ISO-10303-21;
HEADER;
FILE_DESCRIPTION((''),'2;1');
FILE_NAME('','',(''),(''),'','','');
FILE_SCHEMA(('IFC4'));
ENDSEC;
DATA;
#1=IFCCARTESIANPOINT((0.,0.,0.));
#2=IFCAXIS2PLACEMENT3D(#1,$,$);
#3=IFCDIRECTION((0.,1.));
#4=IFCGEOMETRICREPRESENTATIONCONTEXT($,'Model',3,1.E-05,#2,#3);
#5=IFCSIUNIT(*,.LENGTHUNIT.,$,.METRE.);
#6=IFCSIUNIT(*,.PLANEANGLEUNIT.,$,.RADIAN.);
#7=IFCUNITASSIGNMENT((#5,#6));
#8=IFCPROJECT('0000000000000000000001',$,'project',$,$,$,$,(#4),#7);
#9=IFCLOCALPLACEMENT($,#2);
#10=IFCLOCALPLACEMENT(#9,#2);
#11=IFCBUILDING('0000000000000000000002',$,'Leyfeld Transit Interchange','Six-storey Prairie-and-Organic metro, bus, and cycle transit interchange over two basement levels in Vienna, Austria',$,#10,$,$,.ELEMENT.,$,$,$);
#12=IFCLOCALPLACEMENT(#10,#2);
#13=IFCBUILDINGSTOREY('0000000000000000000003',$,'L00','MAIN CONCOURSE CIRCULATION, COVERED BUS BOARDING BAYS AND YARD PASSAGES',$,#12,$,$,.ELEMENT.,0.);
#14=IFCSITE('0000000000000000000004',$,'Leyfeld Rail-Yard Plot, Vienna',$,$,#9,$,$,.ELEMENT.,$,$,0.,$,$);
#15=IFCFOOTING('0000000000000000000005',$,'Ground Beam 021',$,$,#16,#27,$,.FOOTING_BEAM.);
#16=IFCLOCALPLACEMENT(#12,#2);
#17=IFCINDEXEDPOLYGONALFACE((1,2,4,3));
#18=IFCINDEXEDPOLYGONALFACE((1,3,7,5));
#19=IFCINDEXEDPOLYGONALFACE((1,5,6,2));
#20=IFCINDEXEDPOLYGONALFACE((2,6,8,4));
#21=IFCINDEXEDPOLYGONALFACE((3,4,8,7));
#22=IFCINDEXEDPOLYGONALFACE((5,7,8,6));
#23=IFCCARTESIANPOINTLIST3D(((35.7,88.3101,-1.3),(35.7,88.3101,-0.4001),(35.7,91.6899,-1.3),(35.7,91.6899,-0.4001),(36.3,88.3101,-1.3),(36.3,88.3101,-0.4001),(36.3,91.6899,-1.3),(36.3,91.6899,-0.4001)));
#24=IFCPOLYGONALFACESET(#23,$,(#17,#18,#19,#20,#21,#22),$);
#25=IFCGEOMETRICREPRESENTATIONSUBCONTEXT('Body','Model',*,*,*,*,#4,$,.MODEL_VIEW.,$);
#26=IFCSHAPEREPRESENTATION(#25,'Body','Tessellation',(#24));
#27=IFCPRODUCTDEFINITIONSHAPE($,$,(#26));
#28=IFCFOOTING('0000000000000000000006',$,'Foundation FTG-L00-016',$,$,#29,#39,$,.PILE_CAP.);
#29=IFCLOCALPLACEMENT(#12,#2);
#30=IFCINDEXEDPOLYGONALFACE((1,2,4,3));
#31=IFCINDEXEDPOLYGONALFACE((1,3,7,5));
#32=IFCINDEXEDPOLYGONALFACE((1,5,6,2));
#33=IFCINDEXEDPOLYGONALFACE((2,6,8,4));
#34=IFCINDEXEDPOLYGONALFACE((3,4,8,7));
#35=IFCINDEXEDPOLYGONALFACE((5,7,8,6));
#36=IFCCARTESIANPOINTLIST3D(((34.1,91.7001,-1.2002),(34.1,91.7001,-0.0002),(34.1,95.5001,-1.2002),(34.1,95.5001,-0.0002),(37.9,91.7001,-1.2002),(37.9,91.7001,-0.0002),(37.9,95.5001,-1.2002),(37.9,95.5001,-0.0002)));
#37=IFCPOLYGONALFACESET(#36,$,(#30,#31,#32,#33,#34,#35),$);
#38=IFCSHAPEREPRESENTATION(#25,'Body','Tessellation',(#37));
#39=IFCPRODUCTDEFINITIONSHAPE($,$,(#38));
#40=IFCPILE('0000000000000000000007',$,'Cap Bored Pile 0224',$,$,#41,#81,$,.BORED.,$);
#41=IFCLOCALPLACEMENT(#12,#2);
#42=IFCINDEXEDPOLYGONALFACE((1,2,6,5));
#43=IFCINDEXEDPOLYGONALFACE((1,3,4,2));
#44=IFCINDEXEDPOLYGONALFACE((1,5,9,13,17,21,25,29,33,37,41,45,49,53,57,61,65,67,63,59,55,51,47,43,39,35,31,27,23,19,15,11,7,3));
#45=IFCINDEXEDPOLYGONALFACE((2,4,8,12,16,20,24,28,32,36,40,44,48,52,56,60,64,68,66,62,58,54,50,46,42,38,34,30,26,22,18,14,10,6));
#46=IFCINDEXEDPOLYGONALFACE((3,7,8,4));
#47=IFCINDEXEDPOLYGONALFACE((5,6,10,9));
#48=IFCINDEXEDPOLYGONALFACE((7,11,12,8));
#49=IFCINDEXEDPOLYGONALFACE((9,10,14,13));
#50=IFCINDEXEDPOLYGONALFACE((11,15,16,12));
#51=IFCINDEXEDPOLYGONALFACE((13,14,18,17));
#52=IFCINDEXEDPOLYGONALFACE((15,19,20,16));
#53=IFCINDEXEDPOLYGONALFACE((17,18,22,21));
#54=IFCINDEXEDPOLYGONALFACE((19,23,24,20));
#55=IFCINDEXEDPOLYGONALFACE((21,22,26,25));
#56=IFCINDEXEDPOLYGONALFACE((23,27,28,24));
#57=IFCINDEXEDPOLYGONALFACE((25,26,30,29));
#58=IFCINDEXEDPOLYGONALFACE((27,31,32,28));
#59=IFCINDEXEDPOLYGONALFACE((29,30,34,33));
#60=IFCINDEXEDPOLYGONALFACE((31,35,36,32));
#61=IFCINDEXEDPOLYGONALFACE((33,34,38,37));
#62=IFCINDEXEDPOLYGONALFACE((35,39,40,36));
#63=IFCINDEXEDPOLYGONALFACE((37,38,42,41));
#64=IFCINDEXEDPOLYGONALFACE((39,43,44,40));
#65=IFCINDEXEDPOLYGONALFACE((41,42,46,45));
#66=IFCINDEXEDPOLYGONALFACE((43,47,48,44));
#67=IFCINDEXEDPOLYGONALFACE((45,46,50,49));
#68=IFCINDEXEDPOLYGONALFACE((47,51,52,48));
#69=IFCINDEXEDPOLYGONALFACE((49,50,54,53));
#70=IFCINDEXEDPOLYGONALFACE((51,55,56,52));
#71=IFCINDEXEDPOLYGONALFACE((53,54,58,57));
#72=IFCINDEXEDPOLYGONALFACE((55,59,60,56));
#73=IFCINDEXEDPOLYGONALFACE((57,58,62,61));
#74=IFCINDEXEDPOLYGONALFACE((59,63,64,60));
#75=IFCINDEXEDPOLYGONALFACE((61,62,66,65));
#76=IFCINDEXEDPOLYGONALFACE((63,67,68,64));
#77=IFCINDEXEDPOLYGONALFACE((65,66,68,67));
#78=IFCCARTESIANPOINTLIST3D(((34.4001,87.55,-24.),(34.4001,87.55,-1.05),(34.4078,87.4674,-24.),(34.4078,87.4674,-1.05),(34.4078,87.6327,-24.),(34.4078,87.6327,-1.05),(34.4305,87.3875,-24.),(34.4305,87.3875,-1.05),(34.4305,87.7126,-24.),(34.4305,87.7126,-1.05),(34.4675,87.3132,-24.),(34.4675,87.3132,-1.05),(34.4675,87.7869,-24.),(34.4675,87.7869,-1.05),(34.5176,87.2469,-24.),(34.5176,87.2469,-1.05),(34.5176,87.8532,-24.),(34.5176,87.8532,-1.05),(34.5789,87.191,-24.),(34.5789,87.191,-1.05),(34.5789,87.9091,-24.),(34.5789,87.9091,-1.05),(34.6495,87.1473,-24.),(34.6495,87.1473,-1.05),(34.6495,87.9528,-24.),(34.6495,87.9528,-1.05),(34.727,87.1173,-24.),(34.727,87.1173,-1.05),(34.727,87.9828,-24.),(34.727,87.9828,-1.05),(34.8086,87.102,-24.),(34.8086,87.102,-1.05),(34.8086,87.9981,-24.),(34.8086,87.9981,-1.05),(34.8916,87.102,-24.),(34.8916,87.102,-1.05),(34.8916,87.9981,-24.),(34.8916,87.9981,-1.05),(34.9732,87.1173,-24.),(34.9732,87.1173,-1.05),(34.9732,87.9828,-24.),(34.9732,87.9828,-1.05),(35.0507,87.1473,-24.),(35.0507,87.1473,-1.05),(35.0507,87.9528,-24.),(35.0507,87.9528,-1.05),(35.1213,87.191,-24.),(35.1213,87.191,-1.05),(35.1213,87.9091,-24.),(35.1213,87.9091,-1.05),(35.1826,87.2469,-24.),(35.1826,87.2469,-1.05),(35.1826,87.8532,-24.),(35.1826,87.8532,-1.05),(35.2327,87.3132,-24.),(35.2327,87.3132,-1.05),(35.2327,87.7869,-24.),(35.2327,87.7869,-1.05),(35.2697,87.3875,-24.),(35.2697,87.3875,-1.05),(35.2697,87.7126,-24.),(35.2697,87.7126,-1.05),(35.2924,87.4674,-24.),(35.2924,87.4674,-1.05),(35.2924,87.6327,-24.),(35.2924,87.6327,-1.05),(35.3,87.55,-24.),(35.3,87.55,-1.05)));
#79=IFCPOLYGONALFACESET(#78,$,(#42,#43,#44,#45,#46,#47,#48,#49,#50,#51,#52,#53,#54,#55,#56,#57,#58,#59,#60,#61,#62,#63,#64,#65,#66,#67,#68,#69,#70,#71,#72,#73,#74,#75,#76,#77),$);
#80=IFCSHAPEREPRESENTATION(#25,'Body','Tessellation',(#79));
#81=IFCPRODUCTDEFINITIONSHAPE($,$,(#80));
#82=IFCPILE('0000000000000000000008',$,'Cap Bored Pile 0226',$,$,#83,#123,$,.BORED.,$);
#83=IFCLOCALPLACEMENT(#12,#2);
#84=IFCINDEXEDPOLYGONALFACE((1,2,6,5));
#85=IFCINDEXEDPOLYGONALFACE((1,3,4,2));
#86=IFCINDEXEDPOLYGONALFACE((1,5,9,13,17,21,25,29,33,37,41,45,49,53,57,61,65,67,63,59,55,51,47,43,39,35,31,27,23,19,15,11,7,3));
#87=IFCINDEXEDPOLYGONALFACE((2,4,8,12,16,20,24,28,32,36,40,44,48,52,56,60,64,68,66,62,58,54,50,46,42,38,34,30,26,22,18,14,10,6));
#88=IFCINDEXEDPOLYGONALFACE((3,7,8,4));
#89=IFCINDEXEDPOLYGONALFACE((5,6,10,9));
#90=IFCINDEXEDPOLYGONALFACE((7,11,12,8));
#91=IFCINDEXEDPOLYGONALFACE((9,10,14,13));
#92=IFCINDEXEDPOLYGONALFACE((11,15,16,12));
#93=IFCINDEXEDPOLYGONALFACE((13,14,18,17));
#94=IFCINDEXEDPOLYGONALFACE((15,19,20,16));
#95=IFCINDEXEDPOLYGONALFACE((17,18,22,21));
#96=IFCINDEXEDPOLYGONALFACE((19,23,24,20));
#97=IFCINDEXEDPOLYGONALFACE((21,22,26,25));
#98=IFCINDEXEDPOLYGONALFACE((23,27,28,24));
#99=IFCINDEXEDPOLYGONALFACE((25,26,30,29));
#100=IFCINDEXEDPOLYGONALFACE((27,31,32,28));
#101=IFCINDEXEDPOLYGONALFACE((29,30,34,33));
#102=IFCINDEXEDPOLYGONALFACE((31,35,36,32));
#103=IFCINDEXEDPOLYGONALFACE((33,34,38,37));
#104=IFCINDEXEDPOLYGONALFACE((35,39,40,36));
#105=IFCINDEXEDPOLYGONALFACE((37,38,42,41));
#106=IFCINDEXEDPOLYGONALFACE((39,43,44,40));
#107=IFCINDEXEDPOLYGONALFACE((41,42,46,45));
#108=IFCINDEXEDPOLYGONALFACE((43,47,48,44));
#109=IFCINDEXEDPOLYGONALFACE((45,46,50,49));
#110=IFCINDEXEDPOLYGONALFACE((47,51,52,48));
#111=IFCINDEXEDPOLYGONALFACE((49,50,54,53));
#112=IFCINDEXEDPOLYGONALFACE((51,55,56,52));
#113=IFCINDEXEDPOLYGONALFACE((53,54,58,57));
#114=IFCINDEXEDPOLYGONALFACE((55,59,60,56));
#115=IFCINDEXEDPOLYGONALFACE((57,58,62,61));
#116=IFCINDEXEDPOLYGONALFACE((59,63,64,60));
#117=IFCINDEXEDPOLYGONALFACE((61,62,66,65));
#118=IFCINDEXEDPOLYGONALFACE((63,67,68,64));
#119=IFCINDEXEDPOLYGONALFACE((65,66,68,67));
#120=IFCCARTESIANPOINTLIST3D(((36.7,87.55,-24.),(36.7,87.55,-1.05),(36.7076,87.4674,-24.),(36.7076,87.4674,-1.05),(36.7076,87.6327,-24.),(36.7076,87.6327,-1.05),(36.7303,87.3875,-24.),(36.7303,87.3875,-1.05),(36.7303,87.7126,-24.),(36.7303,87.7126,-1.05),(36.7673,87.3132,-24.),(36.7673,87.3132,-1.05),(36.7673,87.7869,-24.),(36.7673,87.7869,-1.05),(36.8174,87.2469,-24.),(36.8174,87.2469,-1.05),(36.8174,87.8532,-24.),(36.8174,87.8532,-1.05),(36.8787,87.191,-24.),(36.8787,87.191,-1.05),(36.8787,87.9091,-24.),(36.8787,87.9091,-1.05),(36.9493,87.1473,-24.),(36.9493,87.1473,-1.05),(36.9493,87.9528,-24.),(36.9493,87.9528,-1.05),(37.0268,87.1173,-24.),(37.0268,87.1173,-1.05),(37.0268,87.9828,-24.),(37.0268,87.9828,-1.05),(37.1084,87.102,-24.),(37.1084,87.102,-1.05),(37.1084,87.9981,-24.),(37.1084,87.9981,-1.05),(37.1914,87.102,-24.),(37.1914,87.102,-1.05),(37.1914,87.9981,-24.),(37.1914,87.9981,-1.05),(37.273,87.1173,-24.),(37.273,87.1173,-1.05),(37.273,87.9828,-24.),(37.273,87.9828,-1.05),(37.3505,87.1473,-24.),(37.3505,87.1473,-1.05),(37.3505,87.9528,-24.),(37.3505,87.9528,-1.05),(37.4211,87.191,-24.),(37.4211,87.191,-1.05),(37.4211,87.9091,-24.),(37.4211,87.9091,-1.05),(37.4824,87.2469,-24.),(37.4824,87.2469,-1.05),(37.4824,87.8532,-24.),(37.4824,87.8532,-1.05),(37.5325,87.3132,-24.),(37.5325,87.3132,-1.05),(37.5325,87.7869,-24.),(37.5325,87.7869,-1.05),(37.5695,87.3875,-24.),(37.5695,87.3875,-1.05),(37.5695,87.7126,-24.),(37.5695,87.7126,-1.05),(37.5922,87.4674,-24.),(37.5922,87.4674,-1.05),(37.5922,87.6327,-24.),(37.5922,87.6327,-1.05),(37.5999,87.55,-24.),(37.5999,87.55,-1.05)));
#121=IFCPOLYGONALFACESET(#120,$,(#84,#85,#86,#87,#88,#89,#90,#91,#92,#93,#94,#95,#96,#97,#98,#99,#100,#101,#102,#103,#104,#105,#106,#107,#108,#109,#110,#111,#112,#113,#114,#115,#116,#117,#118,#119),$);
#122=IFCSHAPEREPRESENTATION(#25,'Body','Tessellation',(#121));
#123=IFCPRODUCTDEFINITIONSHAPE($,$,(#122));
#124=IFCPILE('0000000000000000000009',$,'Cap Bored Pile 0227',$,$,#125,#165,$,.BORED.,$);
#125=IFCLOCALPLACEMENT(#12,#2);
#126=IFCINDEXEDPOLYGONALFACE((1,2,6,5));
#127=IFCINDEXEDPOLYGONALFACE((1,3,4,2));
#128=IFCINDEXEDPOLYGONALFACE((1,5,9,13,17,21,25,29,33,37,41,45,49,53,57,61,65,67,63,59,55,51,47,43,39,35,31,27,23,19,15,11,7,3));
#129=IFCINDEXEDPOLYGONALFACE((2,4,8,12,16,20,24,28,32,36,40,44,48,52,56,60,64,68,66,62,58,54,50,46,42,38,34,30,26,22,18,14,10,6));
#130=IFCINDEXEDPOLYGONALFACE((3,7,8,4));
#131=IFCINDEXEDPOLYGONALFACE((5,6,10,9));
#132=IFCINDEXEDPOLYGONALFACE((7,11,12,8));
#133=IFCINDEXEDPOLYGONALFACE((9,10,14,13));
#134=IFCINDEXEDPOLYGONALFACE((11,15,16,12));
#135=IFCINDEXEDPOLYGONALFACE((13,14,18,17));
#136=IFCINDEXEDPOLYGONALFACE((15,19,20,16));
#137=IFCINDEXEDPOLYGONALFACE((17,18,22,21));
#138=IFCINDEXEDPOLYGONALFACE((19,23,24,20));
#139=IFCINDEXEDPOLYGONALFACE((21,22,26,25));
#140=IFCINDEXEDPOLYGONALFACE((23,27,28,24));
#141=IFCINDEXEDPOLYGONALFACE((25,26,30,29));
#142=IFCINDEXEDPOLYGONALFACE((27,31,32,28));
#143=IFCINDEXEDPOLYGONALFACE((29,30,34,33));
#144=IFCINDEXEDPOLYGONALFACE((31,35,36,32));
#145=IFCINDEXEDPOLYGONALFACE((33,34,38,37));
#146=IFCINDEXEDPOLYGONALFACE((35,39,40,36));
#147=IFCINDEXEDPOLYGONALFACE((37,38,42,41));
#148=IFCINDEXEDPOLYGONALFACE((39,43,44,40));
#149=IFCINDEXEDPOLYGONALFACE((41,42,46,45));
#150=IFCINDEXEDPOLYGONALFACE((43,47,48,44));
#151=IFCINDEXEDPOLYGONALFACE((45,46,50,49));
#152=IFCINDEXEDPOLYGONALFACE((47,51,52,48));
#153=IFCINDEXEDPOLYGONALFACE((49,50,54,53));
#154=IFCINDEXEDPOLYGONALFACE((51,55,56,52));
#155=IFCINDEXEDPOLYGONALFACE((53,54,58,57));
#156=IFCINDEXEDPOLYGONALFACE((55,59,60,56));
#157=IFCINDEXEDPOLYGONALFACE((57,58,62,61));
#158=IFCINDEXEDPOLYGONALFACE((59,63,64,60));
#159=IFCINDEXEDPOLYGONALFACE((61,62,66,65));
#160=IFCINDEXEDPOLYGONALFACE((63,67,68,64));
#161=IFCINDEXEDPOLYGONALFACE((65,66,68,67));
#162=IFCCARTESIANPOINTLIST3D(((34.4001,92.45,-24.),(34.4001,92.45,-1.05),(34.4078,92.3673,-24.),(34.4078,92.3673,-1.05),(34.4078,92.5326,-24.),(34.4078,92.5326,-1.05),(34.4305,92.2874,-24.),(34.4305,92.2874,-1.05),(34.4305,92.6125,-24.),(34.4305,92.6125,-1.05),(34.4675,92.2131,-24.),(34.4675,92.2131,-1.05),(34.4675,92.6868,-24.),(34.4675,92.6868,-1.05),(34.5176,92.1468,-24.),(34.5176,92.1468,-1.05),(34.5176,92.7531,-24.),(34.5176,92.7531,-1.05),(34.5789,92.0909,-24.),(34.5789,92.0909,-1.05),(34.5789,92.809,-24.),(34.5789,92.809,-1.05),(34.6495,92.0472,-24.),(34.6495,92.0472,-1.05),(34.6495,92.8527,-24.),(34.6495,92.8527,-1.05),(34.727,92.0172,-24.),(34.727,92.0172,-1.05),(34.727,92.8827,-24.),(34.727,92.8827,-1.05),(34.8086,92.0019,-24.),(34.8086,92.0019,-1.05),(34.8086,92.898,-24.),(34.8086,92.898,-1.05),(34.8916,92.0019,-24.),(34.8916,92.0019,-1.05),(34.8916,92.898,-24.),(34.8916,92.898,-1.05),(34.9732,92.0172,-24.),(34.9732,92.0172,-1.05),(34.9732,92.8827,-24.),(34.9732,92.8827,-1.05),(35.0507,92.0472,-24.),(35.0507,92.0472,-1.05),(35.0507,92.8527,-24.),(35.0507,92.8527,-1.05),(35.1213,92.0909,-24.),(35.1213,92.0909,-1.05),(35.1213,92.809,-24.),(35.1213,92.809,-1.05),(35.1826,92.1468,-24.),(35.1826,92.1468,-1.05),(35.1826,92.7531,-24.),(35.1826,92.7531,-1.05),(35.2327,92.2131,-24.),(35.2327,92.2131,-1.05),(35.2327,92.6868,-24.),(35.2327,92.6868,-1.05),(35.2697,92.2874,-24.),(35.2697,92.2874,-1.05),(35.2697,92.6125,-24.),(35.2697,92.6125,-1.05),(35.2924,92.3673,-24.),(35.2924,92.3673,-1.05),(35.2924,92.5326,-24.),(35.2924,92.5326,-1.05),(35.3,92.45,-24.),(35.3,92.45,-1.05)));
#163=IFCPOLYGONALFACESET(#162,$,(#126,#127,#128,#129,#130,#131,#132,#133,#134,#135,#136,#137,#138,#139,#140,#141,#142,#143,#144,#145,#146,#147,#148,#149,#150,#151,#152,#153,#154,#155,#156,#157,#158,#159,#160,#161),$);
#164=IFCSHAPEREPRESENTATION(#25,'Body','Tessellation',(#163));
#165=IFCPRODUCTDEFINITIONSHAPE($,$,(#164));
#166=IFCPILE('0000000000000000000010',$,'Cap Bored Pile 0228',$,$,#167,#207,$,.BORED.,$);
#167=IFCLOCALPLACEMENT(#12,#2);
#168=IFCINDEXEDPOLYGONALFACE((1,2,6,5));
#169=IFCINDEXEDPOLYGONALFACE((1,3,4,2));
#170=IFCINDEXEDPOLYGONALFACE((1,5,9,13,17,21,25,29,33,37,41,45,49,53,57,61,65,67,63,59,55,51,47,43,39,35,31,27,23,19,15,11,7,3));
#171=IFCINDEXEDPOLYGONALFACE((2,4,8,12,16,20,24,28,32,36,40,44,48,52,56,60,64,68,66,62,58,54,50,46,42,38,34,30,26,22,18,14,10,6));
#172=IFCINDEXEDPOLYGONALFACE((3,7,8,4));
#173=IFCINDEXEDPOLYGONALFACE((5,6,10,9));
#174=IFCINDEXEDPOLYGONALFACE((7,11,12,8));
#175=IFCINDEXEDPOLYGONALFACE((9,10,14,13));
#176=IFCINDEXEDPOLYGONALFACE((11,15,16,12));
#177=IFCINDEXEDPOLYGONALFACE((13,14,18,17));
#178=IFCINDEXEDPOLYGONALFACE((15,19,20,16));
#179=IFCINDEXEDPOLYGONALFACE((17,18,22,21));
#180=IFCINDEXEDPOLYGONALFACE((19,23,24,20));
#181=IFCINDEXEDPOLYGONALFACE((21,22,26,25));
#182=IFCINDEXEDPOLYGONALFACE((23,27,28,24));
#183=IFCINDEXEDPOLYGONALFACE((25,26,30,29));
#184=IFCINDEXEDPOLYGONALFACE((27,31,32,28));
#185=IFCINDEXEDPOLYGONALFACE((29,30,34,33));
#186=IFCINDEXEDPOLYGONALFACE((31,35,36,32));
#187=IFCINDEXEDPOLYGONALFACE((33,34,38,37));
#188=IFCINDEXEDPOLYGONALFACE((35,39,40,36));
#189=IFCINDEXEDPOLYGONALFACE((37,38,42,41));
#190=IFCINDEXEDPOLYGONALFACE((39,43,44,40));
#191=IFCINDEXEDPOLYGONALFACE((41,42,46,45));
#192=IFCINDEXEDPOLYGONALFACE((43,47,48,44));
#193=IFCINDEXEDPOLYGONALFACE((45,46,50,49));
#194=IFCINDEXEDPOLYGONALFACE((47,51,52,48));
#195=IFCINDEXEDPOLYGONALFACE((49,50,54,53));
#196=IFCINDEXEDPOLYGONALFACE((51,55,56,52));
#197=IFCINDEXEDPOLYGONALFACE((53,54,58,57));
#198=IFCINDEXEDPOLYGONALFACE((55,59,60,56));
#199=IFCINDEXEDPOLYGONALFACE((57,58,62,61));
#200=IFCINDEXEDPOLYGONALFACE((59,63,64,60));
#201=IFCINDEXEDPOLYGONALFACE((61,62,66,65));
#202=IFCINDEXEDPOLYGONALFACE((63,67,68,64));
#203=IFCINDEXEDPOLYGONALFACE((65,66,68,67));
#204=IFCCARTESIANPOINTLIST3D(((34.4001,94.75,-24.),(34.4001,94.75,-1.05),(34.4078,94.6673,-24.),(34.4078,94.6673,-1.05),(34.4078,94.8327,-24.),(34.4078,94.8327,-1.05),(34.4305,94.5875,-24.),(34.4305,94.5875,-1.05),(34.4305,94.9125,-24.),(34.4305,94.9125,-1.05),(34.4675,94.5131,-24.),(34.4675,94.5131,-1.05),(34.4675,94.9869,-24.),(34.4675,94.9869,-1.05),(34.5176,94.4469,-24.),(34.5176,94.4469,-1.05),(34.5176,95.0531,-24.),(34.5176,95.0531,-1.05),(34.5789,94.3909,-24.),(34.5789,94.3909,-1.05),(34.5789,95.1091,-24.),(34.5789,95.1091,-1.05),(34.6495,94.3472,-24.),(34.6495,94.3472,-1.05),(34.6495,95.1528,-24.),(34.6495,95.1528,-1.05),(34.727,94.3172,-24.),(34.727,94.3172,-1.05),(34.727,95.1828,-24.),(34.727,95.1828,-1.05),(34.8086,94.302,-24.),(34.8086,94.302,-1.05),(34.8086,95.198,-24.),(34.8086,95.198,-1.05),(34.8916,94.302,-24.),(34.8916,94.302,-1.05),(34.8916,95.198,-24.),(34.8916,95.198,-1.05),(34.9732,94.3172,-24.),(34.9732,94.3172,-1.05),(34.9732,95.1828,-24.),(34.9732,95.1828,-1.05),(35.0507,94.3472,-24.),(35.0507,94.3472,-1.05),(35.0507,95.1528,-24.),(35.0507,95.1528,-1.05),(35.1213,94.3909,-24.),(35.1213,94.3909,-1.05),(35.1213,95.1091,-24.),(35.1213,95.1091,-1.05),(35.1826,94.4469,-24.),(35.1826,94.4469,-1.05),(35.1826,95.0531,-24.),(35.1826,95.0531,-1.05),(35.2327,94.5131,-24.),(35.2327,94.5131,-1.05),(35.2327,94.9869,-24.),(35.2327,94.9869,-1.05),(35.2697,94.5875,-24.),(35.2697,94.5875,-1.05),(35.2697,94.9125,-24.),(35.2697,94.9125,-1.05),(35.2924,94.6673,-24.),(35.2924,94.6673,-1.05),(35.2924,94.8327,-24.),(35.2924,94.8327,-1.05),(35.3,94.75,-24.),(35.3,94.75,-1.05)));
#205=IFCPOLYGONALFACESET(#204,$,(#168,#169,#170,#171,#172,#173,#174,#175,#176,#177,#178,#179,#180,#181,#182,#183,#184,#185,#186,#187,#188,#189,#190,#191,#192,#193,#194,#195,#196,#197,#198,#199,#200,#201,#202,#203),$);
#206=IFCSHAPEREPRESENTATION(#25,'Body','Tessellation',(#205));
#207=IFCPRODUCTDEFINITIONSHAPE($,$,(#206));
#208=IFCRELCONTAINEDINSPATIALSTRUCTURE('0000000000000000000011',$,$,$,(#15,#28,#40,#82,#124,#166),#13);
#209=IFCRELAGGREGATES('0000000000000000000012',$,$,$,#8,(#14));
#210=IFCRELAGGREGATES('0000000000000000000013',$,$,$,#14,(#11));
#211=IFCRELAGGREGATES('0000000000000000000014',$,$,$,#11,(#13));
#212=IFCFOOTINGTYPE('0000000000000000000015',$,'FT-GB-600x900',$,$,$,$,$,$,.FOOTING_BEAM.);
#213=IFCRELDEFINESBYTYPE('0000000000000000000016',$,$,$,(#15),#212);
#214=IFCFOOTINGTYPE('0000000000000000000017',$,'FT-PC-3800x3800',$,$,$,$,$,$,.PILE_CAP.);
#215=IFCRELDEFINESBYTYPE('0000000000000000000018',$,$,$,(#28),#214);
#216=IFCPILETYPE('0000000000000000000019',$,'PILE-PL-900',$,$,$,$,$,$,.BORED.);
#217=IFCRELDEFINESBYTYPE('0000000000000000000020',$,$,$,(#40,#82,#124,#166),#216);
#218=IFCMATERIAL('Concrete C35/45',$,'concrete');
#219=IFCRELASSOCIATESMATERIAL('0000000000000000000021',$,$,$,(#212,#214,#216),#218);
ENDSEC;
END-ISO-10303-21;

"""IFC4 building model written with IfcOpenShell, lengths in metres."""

from ifc_helpers import new_model, si_unit, direction, frame, origin, origin_2d, place, context, subcontext, project, spatial, rectangle, circle, extrude, material, material_profile, profile_set, type_object, element, save


model = new_model("IFC4")

# Units and contexts
model_context = context("Model", 3, precision=1e-05, world=origin(), true_north=direction((0.0, 1.0)))
body_context = subcontext(model_context, "Body", "Model", "MODEL_VIEW")
ifc_project = project(units=[si_unit("LENGTHUNIT", "METRE"), si_unit("PLANEANGLEUNIT", "RADIAN")], contexts=[model_context])

# Site, building, storey
site_placement = place(None, origin())
site = spatial("IfcSite", under=ifc_project, at=site_placement, Name="Leyfeld Rail-Yard Plot, Vienna", CompositionType="ELEMENT", RefElevation=0.0)
building_placement = place(site_placement, origin())
building = spatial("IfcBuilding", under=site, at=building_placement, Name="Leyfeld Transit Interchange", Description="Six-storey Prairie-and-Organic metro, bus, and cycle transit interchange over two basement levels in Vienna, Austria", CompositionType="ELEMENT")
storey_placement = place(building_placement, origin())
storey = spatial("IfcBuildingStorey", under=building, at=storey_placement, Name="L00", Description="MAIN CONCOURSE CIRCULATION, COVERED BUS BOARDING BAYS AND YARD PASSAGES", CompositionType="ELEMENT", Elevation=0.0)

# Footings
ifc_material_1 = material(Name="Concrete C35/45", Category="concrete")
footing_type_1 = type_object("IfcFootingType", Name="FT-GB-600x900", PredefinedType="FOOTING_BEAM", material=ifc_material_1)
footing_1_placement = place(storey_placement, frame((36.0, 90.0, -1.3), z_axis=(0.0, 0.0, 1.0), x_axis=(1.0, 0.0, 0.0)))
element("IfcFooting", 1, at=footing_1_placement, inside=storey, type_object=footing_type_1, Name="Ground Beam 021", PredefinedType="FOOTING_BEAM", context=body_context, shape_type="SweptSolid", body=[
    extrude(rectangle(XDim=0.6001, YDim=3.3799, at=origin_2d()), origin(), (0.0, 0.0, 1.0), 0.8999),
])
footing_type_2 = type_object("IfcFootingType", Name="FT-PC-3800x3800", PredefinedType="PILE_CAP", material=ifc_material_1)
footing_2_placement = place(storey_placement, frame((36.0, 93.6001, -1.2002), z_axis=(0.0, 0.0, 1.0), x_axis=(1.0, 0.0, 0.0)))
element("IfcFooting", 2, at=footing_2_placement, inside=storey, type_object=footing_type_2, Name="Foundation FTG-L00-016", PredefinedType="PILE_CAP", context=body_context, shape_type="SweptSolid", body=[
    extrude(rectangle(XDim=3.8, YDim=3.8, at=origin_2d()), origin(), (0.0, 0.0, 1.0), 1.2),
])

# Piles
ifc_material_profile_1 = material_profile(ifc_material_1, circle(Radius=0.45, at=origin_2d()), Name="PILE D900")
ifc_profile_set_1 = profile_set([ifc_material_profile_1], Name="Concrete C35/45")
pile_type = type_object("IfcPileType", Name="PILE-PL-900", PredefinedType="BORED", material=ifc_profile_set_1)
for number, where, z_axis, x_axis, name in (
    (3, (34.8501, 87.55, -1.05), (0.0, 0.0, -1.0), (1.0, 0.0, 0.0), "Cap Bored Pile 0224"),
    (4, (37.1499, 87.55, -1.05), (0.0, 0.0, -1.0), (1.0, 0.0, 0.0), "Cap Bored Pile 0226"),
    (5, (34.8501, 92.45, -1.05), (0.0, 0.0, -1.0), (1.0, 0.0, 0.0), "Cap Bored Pile 0227"),
    (6, (34.8501, 94.75, -1.05), (0.0, 0.0, -1.0), (1.0, 0.0, 0.0), "Cap Bored Pile 0228"),
):
    element("IfcPile", number, at=place(storey_placement, frame(where, z_axis=z_axis, x_axis=x_axis)), inside=storey, type_object=pile_type, Name=name, PredefinedType="BORED", context=body_context, shape_type="SweptSolid", body=[
        extrude(circle(Radius=0.45, at=origin_2d()), origin(), (0.0, 0.0, 1.0), 22.95),
    ])

save(model, "model.ifc")
